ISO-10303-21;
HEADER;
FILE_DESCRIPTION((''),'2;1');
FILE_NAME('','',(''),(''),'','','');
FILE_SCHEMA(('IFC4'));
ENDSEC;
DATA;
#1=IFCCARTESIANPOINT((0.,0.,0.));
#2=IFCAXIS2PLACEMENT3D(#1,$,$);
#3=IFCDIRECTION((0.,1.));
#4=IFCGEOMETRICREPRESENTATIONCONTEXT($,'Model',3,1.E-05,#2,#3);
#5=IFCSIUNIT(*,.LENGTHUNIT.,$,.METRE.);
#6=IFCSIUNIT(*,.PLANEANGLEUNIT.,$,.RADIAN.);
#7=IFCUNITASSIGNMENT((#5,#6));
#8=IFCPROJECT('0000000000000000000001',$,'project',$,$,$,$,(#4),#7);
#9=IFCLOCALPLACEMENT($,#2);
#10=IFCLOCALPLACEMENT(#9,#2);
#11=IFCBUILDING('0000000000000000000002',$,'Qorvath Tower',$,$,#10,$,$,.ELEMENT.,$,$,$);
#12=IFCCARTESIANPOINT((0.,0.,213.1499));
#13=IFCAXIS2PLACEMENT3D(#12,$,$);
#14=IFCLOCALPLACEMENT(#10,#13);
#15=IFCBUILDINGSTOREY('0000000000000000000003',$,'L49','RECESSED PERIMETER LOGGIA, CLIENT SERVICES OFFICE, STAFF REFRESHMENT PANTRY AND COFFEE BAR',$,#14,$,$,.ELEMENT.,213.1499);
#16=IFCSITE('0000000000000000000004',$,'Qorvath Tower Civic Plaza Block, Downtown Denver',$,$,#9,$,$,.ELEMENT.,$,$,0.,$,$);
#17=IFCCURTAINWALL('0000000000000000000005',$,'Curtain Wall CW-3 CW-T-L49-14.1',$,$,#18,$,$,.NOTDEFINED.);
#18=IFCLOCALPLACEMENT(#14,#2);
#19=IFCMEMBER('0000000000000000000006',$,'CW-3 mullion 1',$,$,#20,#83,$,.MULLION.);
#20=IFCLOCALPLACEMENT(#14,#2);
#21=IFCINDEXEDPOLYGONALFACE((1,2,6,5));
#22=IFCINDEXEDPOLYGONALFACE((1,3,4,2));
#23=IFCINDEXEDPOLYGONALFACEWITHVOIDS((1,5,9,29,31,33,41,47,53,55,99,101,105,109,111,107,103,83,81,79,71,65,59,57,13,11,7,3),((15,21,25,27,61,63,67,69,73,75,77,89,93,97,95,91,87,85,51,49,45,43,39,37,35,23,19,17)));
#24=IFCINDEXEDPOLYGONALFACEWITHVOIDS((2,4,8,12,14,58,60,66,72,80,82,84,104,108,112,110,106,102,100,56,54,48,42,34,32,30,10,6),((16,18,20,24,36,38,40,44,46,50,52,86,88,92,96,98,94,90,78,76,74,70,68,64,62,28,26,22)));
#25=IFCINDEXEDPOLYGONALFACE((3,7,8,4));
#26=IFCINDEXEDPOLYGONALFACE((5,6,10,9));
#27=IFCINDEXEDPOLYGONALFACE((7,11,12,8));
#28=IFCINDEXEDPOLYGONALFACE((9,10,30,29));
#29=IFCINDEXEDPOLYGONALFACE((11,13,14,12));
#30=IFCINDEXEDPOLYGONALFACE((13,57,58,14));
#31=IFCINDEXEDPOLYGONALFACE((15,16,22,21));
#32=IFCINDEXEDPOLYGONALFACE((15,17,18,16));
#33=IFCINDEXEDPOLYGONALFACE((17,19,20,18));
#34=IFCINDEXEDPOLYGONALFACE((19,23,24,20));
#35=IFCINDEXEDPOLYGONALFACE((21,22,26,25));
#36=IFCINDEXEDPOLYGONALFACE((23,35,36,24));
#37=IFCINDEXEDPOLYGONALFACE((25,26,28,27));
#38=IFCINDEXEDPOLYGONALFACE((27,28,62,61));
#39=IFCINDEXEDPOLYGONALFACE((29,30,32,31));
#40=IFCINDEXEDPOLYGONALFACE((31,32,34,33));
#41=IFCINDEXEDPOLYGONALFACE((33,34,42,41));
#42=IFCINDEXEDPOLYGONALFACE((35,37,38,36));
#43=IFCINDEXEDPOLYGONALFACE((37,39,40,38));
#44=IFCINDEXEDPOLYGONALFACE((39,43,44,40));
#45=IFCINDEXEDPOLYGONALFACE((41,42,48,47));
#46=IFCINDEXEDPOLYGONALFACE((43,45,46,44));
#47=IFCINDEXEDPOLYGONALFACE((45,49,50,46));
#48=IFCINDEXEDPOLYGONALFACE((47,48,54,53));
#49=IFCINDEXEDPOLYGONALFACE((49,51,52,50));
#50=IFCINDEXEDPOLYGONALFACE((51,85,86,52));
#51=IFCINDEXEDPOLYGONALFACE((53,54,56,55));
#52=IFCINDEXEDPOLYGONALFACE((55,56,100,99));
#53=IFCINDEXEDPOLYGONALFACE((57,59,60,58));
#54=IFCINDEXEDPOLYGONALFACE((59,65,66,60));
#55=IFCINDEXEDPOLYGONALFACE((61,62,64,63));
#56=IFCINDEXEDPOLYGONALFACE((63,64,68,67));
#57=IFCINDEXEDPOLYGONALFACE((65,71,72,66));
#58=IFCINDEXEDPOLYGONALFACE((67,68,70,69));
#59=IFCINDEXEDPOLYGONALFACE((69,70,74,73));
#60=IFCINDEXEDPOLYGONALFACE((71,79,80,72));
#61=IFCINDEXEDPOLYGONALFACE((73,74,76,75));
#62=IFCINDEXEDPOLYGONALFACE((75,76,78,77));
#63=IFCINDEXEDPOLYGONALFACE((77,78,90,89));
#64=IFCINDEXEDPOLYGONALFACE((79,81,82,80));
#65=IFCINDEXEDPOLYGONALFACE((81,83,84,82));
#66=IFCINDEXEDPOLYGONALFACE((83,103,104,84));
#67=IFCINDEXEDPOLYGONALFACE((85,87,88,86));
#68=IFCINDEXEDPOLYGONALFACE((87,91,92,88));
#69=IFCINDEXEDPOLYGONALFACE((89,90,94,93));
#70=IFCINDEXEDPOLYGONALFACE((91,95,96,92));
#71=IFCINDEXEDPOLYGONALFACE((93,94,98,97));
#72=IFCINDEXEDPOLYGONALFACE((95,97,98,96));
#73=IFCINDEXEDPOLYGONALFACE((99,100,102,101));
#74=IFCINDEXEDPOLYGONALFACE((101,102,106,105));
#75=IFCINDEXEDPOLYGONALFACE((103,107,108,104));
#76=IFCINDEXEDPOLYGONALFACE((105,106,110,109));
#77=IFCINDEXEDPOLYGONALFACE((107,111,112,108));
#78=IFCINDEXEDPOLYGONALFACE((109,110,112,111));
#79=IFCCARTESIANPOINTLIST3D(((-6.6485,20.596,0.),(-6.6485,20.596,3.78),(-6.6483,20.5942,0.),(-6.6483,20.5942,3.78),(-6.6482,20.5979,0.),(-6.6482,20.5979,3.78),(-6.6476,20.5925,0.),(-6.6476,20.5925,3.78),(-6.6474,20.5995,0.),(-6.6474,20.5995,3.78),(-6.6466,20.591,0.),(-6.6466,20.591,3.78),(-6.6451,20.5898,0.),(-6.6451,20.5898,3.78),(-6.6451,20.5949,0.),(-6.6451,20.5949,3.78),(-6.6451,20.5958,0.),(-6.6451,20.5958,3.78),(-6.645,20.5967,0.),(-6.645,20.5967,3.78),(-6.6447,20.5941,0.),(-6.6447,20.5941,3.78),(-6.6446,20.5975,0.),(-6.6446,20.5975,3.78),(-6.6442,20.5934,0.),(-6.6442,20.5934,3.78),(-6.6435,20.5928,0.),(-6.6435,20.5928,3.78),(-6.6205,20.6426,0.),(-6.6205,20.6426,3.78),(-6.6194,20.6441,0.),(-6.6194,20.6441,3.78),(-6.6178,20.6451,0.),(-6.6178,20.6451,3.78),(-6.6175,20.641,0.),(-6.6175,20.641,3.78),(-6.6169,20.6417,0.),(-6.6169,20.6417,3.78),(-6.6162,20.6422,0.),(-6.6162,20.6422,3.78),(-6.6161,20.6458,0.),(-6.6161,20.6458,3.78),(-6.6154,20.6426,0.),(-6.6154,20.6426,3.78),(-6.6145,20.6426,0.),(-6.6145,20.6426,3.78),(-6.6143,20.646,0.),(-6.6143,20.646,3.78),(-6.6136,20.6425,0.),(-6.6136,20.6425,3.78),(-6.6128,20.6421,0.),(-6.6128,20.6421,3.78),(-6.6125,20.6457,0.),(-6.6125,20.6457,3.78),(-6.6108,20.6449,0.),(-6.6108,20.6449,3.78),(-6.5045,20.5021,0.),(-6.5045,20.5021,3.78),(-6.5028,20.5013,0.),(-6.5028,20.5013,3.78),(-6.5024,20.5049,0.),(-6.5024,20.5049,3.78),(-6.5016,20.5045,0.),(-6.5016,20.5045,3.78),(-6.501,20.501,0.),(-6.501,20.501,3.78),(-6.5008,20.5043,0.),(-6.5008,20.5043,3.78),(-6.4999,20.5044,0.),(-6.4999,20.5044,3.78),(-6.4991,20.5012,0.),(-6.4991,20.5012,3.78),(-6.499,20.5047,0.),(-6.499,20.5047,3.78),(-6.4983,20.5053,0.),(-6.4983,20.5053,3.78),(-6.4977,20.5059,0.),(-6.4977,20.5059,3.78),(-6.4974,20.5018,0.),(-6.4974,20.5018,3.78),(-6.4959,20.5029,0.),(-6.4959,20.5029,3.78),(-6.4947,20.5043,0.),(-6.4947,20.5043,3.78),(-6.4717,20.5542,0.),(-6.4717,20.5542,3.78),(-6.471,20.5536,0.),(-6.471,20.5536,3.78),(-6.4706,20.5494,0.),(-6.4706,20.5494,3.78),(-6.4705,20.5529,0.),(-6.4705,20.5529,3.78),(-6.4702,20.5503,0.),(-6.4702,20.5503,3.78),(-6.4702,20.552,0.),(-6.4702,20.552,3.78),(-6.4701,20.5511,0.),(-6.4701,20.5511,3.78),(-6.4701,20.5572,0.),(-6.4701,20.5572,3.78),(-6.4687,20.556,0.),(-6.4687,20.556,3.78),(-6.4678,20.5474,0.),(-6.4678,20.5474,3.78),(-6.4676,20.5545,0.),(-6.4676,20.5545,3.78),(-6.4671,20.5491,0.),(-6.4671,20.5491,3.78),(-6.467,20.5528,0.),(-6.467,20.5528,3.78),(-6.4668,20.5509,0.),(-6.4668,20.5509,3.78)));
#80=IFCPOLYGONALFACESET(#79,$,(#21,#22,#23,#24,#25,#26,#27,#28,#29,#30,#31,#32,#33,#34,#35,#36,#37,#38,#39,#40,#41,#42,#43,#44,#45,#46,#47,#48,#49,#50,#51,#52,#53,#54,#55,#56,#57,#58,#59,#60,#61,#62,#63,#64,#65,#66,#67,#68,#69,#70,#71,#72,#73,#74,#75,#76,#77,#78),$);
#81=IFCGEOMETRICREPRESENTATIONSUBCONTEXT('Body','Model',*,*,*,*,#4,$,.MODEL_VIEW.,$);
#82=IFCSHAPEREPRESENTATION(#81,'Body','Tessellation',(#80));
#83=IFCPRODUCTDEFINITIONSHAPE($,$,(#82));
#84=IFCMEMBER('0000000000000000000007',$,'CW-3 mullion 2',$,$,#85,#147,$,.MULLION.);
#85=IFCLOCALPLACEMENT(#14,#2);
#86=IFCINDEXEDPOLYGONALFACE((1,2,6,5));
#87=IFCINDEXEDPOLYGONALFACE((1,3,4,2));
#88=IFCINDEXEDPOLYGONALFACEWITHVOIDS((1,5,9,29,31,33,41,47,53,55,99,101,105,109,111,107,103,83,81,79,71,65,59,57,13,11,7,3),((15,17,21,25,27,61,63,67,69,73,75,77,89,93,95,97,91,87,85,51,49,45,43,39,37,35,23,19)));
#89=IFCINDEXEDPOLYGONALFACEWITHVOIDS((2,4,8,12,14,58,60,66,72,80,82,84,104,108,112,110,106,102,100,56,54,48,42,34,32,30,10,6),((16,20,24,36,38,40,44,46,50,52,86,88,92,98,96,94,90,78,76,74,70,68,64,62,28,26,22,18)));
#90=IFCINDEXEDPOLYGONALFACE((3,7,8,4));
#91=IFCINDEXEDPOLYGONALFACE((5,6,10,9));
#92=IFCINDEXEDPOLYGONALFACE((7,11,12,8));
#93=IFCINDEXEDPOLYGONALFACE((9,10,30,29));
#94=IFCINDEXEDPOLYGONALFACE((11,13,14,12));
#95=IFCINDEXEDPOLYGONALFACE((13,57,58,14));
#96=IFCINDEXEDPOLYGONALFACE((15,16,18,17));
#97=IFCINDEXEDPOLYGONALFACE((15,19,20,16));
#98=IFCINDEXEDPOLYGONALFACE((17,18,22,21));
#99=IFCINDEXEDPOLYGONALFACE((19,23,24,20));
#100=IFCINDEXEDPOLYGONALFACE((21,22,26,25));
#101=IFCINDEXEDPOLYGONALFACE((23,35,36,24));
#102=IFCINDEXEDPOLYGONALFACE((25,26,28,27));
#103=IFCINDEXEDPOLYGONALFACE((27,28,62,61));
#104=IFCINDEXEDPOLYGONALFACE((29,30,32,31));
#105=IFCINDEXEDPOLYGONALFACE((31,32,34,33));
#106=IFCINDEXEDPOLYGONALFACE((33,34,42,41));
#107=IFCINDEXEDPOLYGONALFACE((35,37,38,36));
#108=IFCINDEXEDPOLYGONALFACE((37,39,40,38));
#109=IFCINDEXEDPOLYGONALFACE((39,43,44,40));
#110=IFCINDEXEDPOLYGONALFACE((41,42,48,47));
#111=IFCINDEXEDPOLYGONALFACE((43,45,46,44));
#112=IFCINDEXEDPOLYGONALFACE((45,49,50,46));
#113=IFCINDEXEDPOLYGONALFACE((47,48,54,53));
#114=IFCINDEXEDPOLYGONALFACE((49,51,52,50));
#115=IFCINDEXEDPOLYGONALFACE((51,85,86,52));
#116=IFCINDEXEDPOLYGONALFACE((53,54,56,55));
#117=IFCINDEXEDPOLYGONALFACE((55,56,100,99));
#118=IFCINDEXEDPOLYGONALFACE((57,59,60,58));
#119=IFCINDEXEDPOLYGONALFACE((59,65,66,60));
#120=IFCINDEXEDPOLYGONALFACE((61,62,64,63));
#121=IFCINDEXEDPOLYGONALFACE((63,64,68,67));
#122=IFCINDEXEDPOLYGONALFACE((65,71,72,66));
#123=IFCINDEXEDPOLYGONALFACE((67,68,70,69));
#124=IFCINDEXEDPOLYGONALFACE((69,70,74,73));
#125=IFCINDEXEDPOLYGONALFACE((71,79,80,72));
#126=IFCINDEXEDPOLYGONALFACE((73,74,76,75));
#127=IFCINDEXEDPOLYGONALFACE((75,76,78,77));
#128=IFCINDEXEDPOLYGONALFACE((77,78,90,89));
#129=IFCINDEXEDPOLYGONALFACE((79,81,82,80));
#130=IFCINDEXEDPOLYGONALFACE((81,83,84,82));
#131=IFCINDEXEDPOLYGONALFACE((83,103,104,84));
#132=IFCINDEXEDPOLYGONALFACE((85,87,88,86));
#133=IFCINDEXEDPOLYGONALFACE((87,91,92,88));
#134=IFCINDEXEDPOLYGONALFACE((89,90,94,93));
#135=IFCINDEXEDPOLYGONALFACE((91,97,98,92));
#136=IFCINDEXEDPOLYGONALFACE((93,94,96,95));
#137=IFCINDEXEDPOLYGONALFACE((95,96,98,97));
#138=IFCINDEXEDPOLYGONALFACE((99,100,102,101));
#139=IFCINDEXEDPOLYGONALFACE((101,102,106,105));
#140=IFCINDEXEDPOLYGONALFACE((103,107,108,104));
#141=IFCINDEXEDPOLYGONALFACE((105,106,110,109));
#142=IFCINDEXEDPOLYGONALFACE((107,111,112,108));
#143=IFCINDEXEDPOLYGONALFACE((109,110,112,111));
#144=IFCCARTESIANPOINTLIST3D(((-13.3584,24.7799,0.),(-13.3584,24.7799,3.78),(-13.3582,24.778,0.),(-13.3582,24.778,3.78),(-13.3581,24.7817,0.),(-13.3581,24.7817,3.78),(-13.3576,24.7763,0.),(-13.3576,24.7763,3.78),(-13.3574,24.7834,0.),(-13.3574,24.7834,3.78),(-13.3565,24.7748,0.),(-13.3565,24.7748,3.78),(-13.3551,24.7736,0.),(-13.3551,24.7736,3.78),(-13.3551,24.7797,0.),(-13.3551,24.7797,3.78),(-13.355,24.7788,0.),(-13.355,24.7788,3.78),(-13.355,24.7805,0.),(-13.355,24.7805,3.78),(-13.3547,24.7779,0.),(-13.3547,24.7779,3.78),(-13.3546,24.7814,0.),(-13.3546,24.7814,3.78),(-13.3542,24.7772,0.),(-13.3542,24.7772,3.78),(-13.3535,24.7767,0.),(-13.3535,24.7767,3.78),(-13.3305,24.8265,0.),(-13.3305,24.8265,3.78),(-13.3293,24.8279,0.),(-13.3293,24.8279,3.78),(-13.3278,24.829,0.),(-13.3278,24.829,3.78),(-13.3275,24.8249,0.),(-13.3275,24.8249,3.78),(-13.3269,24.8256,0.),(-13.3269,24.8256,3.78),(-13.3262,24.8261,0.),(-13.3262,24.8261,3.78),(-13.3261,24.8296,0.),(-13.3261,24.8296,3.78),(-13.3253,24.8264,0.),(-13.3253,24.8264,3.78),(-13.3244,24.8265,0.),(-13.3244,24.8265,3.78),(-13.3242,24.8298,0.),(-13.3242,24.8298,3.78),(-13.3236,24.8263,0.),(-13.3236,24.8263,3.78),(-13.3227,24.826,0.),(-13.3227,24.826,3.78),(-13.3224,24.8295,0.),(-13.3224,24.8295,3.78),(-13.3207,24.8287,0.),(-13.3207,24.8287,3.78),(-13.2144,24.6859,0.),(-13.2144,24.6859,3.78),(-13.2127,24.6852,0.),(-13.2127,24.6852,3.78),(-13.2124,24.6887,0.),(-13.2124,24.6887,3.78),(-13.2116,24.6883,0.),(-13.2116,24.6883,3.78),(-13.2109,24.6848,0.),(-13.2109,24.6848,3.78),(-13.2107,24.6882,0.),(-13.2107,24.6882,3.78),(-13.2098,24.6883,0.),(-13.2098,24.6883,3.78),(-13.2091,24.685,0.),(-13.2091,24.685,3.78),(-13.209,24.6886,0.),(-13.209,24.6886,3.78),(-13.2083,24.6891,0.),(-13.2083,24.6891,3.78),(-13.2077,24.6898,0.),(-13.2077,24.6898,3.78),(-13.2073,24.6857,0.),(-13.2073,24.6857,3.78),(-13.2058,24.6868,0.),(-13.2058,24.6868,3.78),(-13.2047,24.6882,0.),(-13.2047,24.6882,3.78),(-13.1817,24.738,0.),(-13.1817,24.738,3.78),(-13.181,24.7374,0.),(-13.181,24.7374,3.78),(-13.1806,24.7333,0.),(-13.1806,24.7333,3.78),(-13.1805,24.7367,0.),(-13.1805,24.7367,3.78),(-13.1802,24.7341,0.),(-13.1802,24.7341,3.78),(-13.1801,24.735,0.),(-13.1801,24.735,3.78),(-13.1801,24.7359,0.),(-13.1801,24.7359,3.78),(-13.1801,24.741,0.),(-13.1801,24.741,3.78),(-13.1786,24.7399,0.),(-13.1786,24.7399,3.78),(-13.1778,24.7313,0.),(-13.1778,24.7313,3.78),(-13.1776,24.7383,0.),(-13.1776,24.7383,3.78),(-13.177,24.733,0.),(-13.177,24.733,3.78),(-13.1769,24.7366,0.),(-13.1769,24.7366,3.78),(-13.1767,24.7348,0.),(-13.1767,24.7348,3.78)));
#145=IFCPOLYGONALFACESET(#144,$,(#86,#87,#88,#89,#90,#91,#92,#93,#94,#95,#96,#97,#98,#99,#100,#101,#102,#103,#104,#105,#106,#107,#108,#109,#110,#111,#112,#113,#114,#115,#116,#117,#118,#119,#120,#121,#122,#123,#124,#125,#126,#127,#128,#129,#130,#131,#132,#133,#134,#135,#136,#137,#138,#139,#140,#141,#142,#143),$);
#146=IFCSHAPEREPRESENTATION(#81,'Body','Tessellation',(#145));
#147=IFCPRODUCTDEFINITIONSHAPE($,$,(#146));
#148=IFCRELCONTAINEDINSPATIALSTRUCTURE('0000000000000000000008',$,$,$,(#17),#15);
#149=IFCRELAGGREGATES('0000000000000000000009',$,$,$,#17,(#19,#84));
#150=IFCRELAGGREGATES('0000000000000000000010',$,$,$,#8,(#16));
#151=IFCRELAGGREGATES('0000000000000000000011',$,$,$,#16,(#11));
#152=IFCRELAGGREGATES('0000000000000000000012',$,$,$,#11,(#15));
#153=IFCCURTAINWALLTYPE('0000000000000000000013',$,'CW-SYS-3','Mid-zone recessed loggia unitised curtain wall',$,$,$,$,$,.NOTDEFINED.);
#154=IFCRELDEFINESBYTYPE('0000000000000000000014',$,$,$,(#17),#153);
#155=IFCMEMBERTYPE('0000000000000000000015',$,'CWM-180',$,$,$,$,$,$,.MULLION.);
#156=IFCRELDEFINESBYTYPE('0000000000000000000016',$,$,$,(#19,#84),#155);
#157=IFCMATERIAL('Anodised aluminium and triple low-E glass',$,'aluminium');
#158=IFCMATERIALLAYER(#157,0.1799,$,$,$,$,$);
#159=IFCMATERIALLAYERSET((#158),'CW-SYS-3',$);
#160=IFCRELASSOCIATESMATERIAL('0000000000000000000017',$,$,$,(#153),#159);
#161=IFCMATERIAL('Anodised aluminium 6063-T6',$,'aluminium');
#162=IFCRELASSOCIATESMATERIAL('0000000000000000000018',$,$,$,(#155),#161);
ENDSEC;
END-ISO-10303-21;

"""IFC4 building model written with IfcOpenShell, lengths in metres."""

from ifc_helpers import new_model, si_unit, direction, frame, origin, origin_2d, place, context, subcontext, project, spatial, hollow_rectangle, extrude, material, layer, layer_set, material_profile, profile_set, type_object, element, aggregate, save


model = new_model("IFC4")

# Units and contexts
model_context = context("Model", 3, precision=1e-05, world=origin(), true_north=direction((0.0, 1.0)))
body_context = subcontext(model_context, "Body", "Model", "MODEL_VIEW")
ifc_project = project(units=[si_unit("LENGTHUNIT", "METRE"), si_unit("PLANEANGLEUNIT", "RADIAN")], contexts=[model_context])

# Site, building, storey
site_placement = place(None, origin())
site = spatial("IfcSite", under=ifc_project, at=site_placement, Name="Qorvath Tower Civic Plaza Block, Downtown Denver", CompositionType="ELEMENT", RefElevation=0.0)
building_placement = place(site_placement, origin())
building = spatial("IfcBuilding", under=site, at=building_placement, Name="Qorvath Tower", CompositionType="ELEMENT")
storey_placement = place(building_placement, frame((0.0, 0.0, 213.1499)))
storey = spatial("IfcBuildingStorey", under=building, at=storey_placement, Name="L49", Description="RECESSED PERIMETER LOGGIA, CLIENT SERVICES OFFICE, STAFF REFRESHMENT PANTRY AND COFFEE BAR", CompositionType="ELEMENT", Elevation=213.1499)

# Shared definitions
ifc_material_1 = material(Name="Anodised aluminium and triple low-E glass", Category="aluminium")
ifc_layer_1 = layer(ifc_material_1, 0.1799)
ifc_layer_set_1 = layer_set([ifc_layer_1], Name="CW-SYS-3")
curtain_wall_type = type_object("IfcCurtainWallType", Name="CW-SYS-3", Description="Mid-zone recessed loggia unitised curtain wall", PredefinedType="NOTDEFINED", material=ifc_layer_set_1)
ifc_material_2 = material(Name="Anodised aluminium 6063-T6", Category="aluminium")
ifc_material_profile_1 = material_profile(ifc_material_2, hollow_rectangle(XDim=0.0649, YDim=0.1799, WallThickness=0.0034, InnerFilletRadius=0.0034, OuterFilletRadius=0.0071, at=origin_2d()), Name="CWM 180x65")
ifc_profile_set_1 = profile_set([ifc_material_profile_1], Name="Anodised aluminium 6063-T6")
member_type_1 = type_object("IfcMemberType", Name="CWM-180", PredefinedType="MULLION", material=ifc_profile_set_1)

# Curtain wall, members
curtain_wall_1_placement = place(storey_placement, origin())
curtain_wall_1 = element("IfcCurtainWall", 1, at=curtain_wall_1_placement, inside=storey, type_object=curtain_wall_type, Name="Curtain Wall CW-3 CW-T-L49-14.1", PredefinedType="NOTDEFINED")
member_1_placement = place(storey_placement, frame((-6.5576, 20.5735, 0.0), z_axis=(0.0, 0.0, 1.0), x_axis=(-0.529074, -0.848576, 0.0)))
member_1 = element("IfcMember", 2, at=member_1_placement, type_object=member_type_1, Name="CW-3 mullion 1", PredefinedType="MULLION", context=body_context, shape_type="SweptSolid", body=[
    extrude(hollow_rectangle(XDim=0.0649, YDim=0.1799, WallThickness=0.0034, InnerFilletRadius=0.0034, OuterFilletRadius=0.0071, at=origin_2d()), origin(), (0.0, 0.0, 1.0), 3.78),
])
member_2_placement = place(storey_placement, frame((-13.2676, 24.7573, 0.0), z_axis=(0.0, 0.0, 1.0), x_axis=(-0.529074, -0.848576, 0.0)))
member_2 = element("IfcMember", 3, at=member_2_placement, type_object=member_type_1, Name="CW-3 mullion 2", PredefinedType="MULLION", context=body_context, shape_type="SweptSolid", body=[
    extrude(hollow_rectangle(XDim=0.0649, YDim=0.1799, WallThickness=0.0034, InnerFilletRadius=0.0034, OuterFilletRadius=0.0071, at=origin_2d()), origin(), (0.0, 0.0, 1.0), 3.78),
])

aggregate(curtain_wall_1, [member_1, member_2])

save(model, "model.ifc")
